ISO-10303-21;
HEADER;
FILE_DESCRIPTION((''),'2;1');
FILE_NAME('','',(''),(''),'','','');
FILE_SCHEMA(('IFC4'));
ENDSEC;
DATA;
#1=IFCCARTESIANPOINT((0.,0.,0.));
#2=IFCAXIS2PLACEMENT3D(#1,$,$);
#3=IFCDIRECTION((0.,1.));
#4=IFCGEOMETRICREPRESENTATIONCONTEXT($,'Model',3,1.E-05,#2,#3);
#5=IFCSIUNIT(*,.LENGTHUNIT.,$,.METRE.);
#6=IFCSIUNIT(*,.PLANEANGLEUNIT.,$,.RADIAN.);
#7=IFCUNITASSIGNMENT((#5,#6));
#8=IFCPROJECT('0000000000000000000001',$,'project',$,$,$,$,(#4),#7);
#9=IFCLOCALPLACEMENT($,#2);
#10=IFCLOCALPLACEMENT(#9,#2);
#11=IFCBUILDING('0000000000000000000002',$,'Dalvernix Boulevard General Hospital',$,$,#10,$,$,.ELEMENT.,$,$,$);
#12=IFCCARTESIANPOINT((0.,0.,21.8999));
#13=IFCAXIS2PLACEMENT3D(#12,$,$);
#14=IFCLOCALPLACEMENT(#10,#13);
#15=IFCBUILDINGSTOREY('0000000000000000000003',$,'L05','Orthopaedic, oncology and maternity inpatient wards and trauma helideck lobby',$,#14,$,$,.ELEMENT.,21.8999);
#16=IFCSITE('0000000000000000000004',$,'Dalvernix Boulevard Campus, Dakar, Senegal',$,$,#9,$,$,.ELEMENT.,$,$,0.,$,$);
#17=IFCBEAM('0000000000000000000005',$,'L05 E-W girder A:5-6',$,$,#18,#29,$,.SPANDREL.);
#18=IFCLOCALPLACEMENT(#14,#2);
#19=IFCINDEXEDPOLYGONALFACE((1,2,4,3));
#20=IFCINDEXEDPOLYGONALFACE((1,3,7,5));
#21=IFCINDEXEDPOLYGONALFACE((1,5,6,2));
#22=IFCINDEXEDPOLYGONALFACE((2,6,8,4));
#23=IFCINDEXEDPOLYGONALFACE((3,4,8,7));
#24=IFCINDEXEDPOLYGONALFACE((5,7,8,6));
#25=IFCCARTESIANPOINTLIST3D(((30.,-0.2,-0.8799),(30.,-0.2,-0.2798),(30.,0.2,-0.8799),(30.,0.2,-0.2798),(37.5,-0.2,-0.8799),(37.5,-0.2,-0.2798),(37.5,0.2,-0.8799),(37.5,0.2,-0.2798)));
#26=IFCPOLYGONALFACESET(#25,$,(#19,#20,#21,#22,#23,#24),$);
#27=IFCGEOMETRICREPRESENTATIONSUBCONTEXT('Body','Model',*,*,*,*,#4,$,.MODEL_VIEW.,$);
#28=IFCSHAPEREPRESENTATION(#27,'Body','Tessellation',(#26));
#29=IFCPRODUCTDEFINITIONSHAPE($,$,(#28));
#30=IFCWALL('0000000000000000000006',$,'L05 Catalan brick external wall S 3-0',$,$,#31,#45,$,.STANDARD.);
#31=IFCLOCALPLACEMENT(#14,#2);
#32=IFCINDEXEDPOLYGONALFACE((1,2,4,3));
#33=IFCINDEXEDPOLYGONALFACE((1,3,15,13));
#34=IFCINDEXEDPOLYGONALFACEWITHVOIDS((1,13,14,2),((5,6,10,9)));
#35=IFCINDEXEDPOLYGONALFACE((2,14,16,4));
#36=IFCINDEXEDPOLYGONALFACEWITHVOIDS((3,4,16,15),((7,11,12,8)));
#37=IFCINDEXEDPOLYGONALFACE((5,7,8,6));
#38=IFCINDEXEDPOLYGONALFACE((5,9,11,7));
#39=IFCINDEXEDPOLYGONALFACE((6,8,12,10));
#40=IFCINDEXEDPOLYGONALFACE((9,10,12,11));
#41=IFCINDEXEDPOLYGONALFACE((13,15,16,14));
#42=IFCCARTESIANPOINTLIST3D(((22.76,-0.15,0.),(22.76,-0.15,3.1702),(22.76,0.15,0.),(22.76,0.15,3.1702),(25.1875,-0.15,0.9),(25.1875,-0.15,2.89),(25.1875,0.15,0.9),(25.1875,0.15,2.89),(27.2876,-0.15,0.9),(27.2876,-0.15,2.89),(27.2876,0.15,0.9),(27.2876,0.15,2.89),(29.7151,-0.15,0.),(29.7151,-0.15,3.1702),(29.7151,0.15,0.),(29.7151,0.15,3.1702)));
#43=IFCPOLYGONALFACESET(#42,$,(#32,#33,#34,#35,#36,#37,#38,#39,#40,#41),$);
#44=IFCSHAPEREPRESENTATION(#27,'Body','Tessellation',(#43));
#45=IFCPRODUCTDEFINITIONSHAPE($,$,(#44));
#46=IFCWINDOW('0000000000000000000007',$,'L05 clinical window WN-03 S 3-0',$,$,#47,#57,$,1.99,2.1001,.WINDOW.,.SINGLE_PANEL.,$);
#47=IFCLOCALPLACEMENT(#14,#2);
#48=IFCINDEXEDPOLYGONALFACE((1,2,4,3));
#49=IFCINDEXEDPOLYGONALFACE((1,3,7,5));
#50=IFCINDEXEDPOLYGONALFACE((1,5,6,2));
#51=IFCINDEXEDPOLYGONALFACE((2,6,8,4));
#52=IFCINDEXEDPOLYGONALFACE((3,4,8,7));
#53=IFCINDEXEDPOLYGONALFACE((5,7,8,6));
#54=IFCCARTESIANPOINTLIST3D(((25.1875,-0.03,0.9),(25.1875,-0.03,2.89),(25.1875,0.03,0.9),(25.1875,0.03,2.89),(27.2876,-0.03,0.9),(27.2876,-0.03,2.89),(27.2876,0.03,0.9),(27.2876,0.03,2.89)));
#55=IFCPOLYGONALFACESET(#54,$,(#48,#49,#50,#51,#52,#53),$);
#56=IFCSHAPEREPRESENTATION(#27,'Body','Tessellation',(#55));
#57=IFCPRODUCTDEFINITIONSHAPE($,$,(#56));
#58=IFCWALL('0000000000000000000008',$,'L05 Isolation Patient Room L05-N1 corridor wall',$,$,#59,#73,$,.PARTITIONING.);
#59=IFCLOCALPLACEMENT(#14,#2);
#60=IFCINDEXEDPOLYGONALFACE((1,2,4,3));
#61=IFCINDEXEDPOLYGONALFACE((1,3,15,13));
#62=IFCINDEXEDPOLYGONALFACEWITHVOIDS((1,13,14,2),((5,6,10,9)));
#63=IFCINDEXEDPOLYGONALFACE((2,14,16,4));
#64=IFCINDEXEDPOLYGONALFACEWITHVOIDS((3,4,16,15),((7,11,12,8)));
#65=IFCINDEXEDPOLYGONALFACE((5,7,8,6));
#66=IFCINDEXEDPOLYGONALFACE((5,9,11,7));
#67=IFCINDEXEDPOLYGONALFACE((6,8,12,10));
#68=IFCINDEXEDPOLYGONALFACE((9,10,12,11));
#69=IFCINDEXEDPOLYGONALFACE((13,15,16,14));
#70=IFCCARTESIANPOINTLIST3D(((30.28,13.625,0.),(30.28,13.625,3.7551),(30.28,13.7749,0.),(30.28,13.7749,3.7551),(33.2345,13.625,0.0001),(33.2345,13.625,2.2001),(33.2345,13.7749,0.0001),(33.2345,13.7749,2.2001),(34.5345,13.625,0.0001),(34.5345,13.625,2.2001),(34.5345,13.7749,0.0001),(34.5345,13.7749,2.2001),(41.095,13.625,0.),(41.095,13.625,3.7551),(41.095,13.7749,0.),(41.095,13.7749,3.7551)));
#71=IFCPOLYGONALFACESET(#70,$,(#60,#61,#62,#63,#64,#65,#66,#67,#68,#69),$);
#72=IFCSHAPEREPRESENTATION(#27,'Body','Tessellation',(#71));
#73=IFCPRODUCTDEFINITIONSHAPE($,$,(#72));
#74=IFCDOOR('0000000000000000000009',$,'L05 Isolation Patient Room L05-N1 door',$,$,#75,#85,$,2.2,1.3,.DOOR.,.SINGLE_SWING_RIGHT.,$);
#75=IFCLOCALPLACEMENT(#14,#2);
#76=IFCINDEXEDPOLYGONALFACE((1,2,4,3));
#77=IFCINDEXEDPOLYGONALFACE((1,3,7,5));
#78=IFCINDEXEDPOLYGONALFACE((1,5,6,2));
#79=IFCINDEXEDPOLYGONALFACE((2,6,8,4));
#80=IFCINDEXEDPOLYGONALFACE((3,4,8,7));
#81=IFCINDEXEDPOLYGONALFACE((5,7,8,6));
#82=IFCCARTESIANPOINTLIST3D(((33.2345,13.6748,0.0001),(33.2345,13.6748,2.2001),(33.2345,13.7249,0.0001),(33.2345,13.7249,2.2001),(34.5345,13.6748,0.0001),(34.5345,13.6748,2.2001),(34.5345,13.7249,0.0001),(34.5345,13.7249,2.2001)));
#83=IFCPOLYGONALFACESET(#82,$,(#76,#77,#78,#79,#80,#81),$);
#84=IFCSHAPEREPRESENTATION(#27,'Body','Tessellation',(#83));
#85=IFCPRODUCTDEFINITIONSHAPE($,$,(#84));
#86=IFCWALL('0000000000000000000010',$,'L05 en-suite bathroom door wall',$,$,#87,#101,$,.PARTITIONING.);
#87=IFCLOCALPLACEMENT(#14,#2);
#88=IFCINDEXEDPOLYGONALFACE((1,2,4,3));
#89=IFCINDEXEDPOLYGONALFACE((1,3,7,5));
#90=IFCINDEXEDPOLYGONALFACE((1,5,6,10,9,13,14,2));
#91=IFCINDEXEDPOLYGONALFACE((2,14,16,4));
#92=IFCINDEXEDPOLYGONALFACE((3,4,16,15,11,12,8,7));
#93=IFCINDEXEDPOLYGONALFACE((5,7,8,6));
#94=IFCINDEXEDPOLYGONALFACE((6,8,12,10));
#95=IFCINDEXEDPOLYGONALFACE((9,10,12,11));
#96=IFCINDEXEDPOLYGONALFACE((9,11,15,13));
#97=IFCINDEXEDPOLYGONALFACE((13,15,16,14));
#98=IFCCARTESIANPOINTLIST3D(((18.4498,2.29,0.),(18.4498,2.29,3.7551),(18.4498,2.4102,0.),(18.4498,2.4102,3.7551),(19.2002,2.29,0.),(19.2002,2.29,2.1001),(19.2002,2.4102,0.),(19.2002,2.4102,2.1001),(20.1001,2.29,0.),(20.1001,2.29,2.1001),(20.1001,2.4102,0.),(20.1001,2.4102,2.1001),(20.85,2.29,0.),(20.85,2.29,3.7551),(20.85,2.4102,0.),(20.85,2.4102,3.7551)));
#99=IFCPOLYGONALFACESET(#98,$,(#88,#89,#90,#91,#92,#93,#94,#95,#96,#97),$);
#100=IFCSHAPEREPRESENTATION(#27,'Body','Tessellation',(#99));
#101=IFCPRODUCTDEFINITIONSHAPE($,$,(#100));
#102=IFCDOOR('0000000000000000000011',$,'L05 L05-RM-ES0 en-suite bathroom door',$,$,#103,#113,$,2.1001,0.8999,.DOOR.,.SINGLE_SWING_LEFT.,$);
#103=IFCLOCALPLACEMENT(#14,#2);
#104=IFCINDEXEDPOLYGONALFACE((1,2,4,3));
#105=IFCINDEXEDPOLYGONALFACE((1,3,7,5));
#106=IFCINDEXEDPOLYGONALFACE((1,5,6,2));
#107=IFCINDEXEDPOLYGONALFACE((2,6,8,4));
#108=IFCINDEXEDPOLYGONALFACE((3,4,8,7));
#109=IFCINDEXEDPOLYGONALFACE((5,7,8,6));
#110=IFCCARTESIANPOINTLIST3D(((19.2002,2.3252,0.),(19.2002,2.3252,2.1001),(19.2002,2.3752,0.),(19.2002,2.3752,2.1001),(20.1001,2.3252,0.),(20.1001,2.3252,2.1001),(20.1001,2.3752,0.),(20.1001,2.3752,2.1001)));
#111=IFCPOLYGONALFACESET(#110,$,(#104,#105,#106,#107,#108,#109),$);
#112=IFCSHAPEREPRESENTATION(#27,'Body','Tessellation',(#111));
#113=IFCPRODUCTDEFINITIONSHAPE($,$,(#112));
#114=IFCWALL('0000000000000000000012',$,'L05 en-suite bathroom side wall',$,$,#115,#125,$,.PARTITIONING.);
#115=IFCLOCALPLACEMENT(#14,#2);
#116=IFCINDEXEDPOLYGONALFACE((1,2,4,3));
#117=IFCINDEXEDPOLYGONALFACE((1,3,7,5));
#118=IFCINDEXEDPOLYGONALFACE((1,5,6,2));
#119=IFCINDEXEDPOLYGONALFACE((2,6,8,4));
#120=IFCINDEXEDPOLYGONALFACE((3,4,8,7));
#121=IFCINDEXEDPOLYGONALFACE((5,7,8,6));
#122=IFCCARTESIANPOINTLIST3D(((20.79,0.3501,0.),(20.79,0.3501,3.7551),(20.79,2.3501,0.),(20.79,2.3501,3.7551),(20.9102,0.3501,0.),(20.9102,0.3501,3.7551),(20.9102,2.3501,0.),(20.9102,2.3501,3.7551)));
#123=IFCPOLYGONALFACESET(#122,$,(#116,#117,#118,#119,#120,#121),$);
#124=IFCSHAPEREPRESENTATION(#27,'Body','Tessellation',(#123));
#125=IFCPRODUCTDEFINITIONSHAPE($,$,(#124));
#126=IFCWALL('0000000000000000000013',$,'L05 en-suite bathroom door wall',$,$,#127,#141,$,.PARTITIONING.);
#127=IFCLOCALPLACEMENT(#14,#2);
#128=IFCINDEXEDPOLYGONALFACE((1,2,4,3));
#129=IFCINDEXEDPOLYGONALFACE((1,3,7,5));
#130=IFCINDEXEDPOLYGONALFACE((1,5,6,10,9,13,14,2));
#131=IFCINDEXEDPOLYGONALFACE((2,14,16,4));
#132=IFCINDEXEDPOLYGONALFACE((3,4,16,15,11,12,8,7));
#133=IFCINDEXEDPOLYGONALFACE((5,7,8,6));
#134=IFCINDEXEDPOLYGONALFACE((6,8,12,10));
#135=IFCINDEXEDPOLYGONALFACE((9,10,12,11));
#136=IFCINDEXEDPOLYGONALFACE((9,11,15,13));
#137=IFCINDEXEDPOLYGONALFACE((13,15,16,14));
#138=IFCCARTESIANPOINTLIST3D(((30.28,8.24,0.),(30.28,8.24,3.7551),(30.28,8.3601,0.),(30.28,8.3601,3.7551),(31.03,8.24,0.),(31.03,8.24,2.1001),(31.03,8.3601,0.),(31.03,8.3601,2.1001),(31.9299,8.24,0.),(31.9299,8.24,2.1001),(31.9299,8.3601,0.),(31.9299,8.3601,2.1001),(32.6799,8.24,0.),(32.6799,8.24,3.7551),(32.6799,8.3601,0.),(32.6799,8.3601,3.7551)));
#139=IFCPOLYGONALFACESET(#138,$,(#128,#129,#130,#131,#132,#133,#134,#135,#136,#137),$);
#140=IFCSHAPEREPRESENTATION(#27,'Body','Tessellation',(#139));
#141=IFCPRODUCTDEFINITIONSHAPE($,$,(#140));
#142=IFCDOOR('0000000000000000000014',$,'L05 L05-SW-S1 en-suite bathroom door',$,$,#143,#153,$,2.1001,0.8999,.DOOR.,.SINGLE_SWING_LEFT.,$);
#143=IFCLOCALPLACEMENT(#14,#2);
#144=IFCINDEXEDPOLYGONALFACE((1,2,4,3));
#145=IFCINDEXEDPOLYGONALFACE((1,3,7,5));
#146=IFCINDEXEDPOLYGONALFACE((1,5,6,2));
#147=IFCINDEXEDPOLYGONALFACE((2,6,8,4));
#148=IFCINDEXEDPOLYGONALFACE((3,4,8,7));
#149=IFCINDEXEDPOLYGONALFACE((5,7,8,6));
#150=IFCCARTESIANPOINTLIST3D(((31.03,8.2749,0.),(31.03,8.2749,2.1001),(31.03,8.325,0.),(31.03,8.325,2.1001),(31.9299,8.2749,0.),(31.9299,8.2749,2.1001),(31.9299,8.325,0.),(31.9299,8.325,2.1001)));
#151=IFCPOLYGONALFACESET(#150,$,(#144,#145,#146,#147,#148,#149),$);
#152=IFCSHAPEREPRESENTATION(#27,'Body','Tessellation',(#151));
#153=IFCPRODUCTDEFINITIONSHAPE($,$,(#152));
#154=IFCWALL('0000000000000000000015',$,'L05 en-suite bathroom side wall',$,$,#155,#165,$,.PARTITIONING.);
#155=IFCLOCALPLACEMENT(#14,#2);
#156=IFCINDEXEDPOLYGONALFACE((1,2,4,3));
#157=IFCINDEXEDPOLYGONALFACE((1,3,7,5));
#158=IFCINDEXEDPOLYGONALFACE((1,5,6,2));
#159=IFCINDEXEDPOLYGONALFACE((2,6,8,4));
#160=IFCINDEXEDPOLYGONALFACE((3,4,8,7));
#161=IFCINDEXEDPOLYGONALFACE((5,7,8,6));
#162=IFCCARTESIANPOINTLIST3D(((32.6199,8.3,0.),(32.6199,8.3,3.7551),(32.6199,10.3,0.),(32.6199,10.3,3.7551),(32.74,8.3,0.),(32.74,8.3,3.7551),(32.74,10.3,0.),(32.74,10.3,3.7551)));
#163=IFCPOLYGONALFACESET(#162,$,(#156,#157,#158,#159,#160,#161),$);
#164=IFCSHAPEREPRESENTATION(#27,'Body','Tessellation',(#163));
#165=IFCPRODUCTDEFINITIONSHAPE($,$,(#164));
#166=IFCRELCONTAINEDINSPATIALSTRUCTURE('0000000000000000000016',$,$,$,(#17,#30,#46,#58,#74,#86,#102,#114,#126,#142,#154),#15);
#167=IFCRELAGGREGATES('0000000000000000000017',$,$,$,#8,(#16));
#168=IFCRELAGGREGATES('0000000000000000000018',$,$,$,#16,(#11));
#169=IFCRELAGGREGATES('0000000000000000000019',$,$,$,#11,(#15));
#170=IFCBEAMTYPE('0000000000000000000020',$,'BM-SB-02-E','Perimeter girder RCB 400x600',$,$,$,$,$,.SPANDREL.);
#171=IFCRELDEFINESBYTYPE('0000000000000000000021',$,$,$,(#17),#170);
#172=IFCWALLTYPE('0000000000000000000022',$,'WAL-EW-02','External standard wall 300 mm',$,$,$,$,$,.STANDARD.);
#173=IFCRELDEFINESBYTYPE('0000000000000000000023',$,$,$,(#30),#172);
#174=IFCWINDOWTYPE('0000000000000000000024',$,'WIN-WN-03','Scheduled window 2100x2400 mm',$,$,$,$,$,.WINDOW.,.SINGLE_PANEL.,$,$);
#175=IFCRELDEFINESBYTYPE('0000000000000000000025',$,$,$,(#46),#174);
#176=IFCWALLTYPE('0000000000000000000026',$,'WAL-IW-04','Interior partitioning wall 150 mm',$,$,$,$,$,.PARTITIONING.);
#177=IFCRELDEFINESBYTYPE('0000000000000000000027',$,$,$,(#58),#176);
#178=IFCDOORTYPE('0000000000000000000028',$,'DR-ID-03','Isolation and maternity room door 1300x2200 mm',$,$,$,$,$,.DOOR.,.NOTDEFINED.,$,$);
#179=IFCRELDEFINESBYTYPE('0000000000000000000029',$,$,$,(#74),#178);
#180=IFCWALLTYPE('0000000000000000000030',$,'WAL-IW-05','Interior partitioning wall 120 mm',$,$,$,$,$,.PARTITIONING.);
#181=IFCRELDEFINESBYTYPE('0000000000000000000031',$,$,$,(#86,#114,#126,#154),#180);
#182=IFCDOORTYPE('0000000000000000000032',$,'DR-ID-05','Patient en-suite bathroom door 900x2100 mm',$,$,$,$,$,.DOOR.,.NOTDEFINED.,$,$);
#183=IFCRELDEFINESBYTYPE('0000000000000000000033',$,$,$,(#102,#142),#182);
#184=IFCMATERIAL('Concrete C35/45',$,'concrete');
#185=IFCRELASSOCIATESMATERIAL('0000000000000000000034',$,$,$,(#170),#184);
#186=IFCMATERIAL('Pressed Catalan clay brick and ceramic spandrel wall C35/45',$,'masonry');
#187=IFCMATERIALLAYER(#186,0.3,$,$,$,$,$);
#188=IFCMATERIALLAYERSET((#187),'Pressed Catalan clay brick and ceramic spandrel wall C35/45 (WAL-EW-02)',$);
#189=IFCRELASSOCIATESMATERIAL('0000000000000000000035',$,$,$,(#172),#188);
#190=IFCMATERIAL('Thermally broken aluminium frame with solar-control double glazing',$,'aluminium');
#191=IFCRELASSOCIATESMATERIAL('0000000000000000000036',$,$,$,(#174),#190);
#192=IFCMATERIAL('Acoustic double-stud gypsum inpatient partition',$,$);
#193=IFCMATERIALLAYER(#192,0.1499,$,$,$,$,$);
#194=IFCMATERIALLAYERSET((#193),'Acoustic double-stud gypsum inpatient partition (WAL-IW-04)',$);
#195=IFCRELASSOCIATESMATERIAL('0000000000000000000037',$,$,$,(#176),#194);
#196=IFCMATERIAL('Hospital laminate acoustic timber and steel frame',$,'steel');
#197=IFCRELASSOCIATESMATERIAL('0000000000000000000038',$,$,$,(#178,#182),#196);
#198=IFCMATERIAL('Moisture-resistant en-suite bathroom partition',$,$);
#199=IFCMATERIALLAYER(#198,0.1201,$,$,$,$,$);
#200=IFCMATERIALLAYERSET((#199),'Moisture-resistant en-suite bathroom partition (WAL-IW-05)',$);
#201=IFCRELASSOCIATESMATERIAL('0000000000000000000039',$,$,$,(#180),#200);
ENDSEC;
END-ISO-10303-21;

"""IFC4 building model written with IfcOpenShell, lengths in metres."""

from ifc_helpers import new_model, si_unit, direction, frame, frame_2d, origin, origin_2d, place, context, subcontext, project, spatial, rectangle, extrude, material, layer, layer_set, material_profile, profile_set, type_object, element, fill, save


model = new_model("IFC4")

# Units and contexts
model_context = context("Model", 3, precision=1e-05, world=origin(), true_north=direction((0.0, 1.0)))
body_context = subcontext(model_context, "Body", "Model", "MODEL_VIEW")
ifc_project = project(units=[si_unit("LENGTHUNIT", "METRE"), si_unit("PLANEANGLEUNIT", "RADIAN")], contexts=[model_context])

# Site, building, storey
site_placement = place(None, origin())
site = spatial("IfcSite", under=ifc_project, at=site_placement, Name="Dalvernix Boulevard Campus, Dakar, Senegal", CompositionType="ELEMENT", RefElevation=0.0)
building_placement = place(site_placement, origin())
building = spatial("IfcBuilding", under=site, at=building_placement, Name="Dalvernix Boulevard General Hospital", CompositionType="ELEMENT")
storey_placement = place(building_placement, frame((0.0, 0.0, 21.8999)))
storey = spatial("IfcBuildingStorey", under=building, at=storey_placement, Name="L05", Description="Orthopaedic, oncology and maternity inpatient wards and trauma helideck lobby", CompositionType="ELEMENT", Elevation=21.8999)

# Beam
ifc_material_1 = material(Name="Concrete C35/45", Category="concrete")
ifc_material_profile_1 = material_profile(ifc_material_1, rectangle(XDim=0.3999, YDim=0.6001, at=origin_2d()), Name="RCB 400x600")
ifc_profile_set_1 = profile_set([ifc_material_profile_1], Name="Concrete C35/45")
beam_type_1 = type_object("IfcBeamType", Name="BM-SB-02-E", Description="Perimeter girder RCB 400x600", PredefinedType="SPANDREL", material=ifc_profile_set_1)
beam_1_placement = place(storey_placement, frame((30.0, 0.0, -0.5798), z_axis=(1.0, 0.0, 0.0), x_axis=(0.0, 1.0, 0.0)))
element("IfcBeam", 1, at=beam_1_placement, inside=storey, type_object=beam_type_1, Name="L05 E-W girder A:5-6", PredefinedType="SPANDREL", context=body_context, shape_type="SweptSolid", body=[
    extrude(rectangle(XDim=0.3999, YDim=0.6001, at=origin_2d()), origin(), (0.0, 0.0, 1.0), 7.5),
])

# Wall, opening, window
ifc_material_2 = material(Name="Pressed Catalan clay brick and ceramic spandrel wall C35/45", Category="masonry")
ifc_layer_1 = layer(ifc_material_2, 0.3)
ifc_layer_set_1 = layer_set([ifc_layer_1], Name="Pressed Catalan clay brick and ceramic spandrel wall C35/45 (WAL-EW-02)")
wall_type_1 = type_object("IfcWallType", Name="WAL-EW-02", Description="External standard wall 300 mm", PredefinedType="STANDARD", material=ifc_layer_set_1)
wall_1_placement = place(storey_placement, frame((29.7151, 0.0, 0.0), z_axis=(0.0, 0.0, 1.0), x_axis=(-1.0, 0.0, 0.0)))
wall_1 = element("IfcWall", 2, at=wall_1_placement, inside=storey, type_object=wall_type_1, Name="L05 Catalan brick external wall S 3-0", PredefinedType="STANDARD", context=body_context, shape_type="SweptSolid", body=[
    extrude(rectangle(XDim=6.9551, YDim=0.3, at=frame_2d((3.4775, 0.0))), origin(), (0.0, 0.0, 1.0), 3.1702),
])
opening_1_placement = place(wall_1_placement, frame((2.4275, 0.0, 0.8999)))
opening_1 = element("IfcOpeningElement", 3, at=opening_1_placement, cuts=wall_1, PredefinedType="OPENING", context=body_context, shape_type="SweptSolid", body=[
    extrude(rectangle(XDim=2.1001, YDim=1.99, at=frame_2d((1.05, 0.9951))), frame((0.0, 0.1599, 0.0), z_axis=(0.0, -1.0, 0.0), x_axis=(1.0, 0.0, 0.0)), (0.0, 0.0, 1.0), 0.3201),
])
ifc_material_3 = material(Name="Thermally broken aluminium frame with solar-control double glazing", Category="aluminium")
window_type = type_object("IfcWindowType", Name="WIN-WN-03", Description="Scheduled window 2100x2400 mm", PartitioningType="SINGLE_PANEL", PredefinedType="WINDOW", material=ifc_material_3)
window_placement = place(opening_1_placement, origin())
window = element("IfcWindow", 4, at=window_placement, inside=storey, type_object=window_type, Name="L05 clinical window WN-03 S 3-0", OverallHeight=1.99, OverallWidth=2.1001, PartitioningType="SINGLE_PANEL", PredefinedType="WINDOW", context=body_context, shape_type="SweptSolid", body=[
    extrude(rectangle(XDim=2.1001, YDim=1.99, at=frame_2d((1.05, 0.9951))), frame((0.0, 0.03, 0.0), z_axis=(0.0, -1.0, 0.0), x_axis=(1.0, 0.0, 0.0)), (0.0, 0.0, 1.0), 0.0601),
])
fill(opening_1, window)

# Walls, openings, doors
ifc_material_4 = material(Name="Acoustic double-stud gypsum inpatient partition")
ifc_layer_2 = layer(ifc_material_4, 0.1499)
ifc_layer_set_2 = layer_set([ifc_layer_2], Name="Acoustic double-stud gypsum inpatient partition (WAL-IW-04)")
wall_type_2 = type_object("IfcWallType", Name="WAL-IW-04", Description="Interior partitioning wall 150 mm", PredefinedType="PARTITIONING", material=ifc_layer_set_2)
wall_2_placement = place(storey_placement, frame((30.28, 13.7, 0.0), z_axis=(0.0, 0.0, 1.0), x_axis=(1.0, 0.0, 0.0)))
wall_2 = element("IfcWall", 5, at=wall_2_placement, inside=storey, type_object=wall_type_2, Name="L05 Isolation Patient Room L05-N1 corridor wall", PredefinedType="PARTITIONING", context=body_context, shape_type="SweptSolid", body=[
    extrude(rectangle(XDim=10.8149, YDim=0.1499, at=frame_2d((5.4075, 0.0))), origin(), (0.0, 0.0, 1.0), 3.7551),
])
opening_2_placement = place(wall_2_placement, frame((2.9546, 0.0, 0.0)))
opening_2 = element("IfcOpeningElement", 6, at=opening_2_placement, cuts=wall_2, PredefinedType="OPENING", context=body_context, shape_type="SweptSolid", body=[
    extrude(rectangle(XDim=1.3, YDim=2.2, at=frame_2d((0.6499, 1.1001))), frame((0.0, 0.085, 0.0), z_axis=(0.0, -1.0, 0.0), x_axis=(1.0, 0.0, 0.0)), (0.0, 0.0, 1.0), 0.1699),
])
ifc_material_5 = material(Name="Hospital laminate acoustic timber and steel frame", Category="steel")
door_type_1 = type_object("IfcDoorType", Name="DR-ID-03", Description="Isolation and maternity room door 1300x2200 mm", OperationType="NOTDEFINED", PredefinedType="DOOR", material=ifc_material_5)
door_1_placement = place(opening_2_placement, origin())
door_1 = element("IfcDoor", 7, at=door_1_placement, inside=storey, type_object=door_type_1, Name="L05 Isolation Patient Room L05-N1 door", OperationType="SINGLE_SWING_RIGHT", OverallHeight=2.2, OverallWidth=1.3, PredefinedType="DOOR", context=body_context, shape_type="SweptSolid", body=[
    extrude(rectangle(XDim=1.3, YDim=2.2, at=frame_2d((0.6499, 1.1001))), frame((0.0, 0.0249, 0.0), z_axis=(0.0, -1.0, 0.0), x_axis=(1.0, 0.0, 0.0)), (0.0, 0.0, 1.0), 0.05),
])
fill(opening_2, door_1)
ifc_material_6 = material(Name="Moisture-resistant en-suite bathroom partition")
ifc_layer_3 = layer(ifc_material_6, 0.1201)
ifc_layer_set_3 = layer_set([ifc_layer_3], Name="Moisture-resistant en-suite bathroom partition (WAL-IW-05)")
wall_type_3 = type_object("IfcWallType", Name="WAL-IW-05", Description="Interior partitioning wall 120 mm", PredefinedType="PARTITIONING", material=ifc_layer_set_3)
wall_3_placement = place(storey_placement, frame((20.8501, 2.3501, 0.0), z_axis=(0.0, 0.0, 1.0), x_axis=(-1.0, 0.0, 0.0)))
wall_3 = element("IfcWall", 8, at=wall_3_placement, inside=storey, type_object=wall_type_3, Name="L05 en-suite bathroom door wall", PredefinedType="PARTITIONING", context=body_context, shape_type="SweptSolid", body=[
    extrude(rectangle(XDim=2.4001, YDim=0.1201, at=frame_2d((1.2002, 0.0))), origin(), (0.0, 0.0, 1.0), 3.7551),
])
opening_3_placement = place(wall_3_placement, frame((0.75, 0.0, 0.0)))
opening_3 = element("IfcOpeningElement", 9, at=opening_3_placement, cuts=wall_3, PredefinedType="OPENING", context=body_context, shape_type="SweptSolid", body=[
    extrude(rectangle(XDim=0.8999, YDim=2.1001, at=frame_2d((0.45, 1.05))), frame((0.0, 0.0701, 0.0), z_axis=(0.0, -1.0, 0.0), x_axis=(1.0, 0.0, 0.0)), (0.0, 0.0, 1.0), 0.1401),
])
door_type_2 = type_object("IfcDoorType", Name="DR-ID-05", Description="Patient en-suite bathroom door 900x2100 mm", OperationType="NOTDEFINED", PredefinedType="DOOR", material=ifc_material_5)
door_2_placement = place(opening_3_placement, origin())
door_2 = element("IfcDoor", 10, at=door_2_placement, inside=storey, type_object=door_type_2, Name="L05 L05-RM-ES0 en-suite bathroom door", OperationType="SINGLE_SWING_LEFT", OverallHeight=2.1001, OverallWidth=0.8999, PredefinedType="DOOR", context=body_context, shape_type="SweptSolid", body=[
    extrude(rectangle(XDim=0.8999, YDim=2.1001, at=frame_2d((0.45, 1.05))), frame((0.0, 0.0249, 0.0), z_axis=(0.0, -1.0, 0.0), x_axis=(1.0, 0.0, 0.0)), (0.0, 0.0, 1.0), 0.05),
])
fill(opening_3, door_2)

# Wall
wall_4_placement = place(storey_placement, frame((20.8501, 0.3501, 0.0), z_axis=(0.0, 0.0, 1.0), x_axis=(0.0, 1.0, 0.0)))
element("IfcWall", 11, at=wall_4_placement, inside=storey, type_object=wall_type_3, Name="L05 en-suite bathroom side wall", PredefinedType="PARTITIONING", context=body_context, shape_type="SweptSolid", body=[
    extrude(rectangle(XDim=2.0, YDim=0.1201, at=frame_2d((1.0, 0.0))), origin(), (0.0, 0.0, 1.0), 3.7551),
])

# Wall, opening, door
wall_5_placement = place(storey_placement, frame((30.28, 8.3, 0.0), z_axis=(0.0, 0.0, 1.0), x_axis=(1.0, 0.0, 0.0)))
wall_5 = element("IfcWall", 12, at=wall_5_placement, inside=storey, type_object=wall_type_3, Name="L05 en-suite bathroom door wall", PredefinedType="PARTITIONING", context=body_context, shape_type="SweptSolid", body=[
    extrude(rectangle(XDim=2.3999, YDim=0.1201, at=frame_2d((1.2, 0.0))), origin(), (0.0, 0.0, 1.0), 3.7551),
])
opening_4_placement = place(wall_5_placement, frame((0.75, 0.0, 0.0)))
opening_4 = element("IfcOpeningElement", 13, at=opening_4_placement, cuts=wall_5, PredefinedType="OPENING", context=body_context, shape_type="SweptSolid", body=[
    extrude(rectangle(XDim=0.8999, YDim=2.1001, at=frame_2d((0.45, 1.05))), frame((0.0, 0.0701, 0.0), z_axis=(0.0, -1.0, 0.0), x_axis=(1.0, 0.0, 0.0)), (0.0, 0.0, 1.0), 0.1401),
])
door_3_placement = place(opening_4_placement, origin())
door_3 = element("IfcDoor", 14, at=door_3_placement, inside=storey, type_object=door_type_2, Name="L05 L05-SW-S1 en-suite bathroom door", OperationType="SINGLE_SWING_LEFT", OverallHeight=2.1001, OverallWidth=0.8999, PredefinedType="DOOR", context=body_context, shape_type="SweptSolid", body=[
    extrude(rectangle(XDim=0.8999, YDim=2.1001, at=frame_2d((0.45, 1.05))), frame((0.0, 0.0249, 0.0), z_axis=(0.0, -1.0, 0.0), x_axis=(1.0, 0.0, 0.0)), (0.0, 0.0, 1.0), 0.05),
])
fill(opening_4, door_3)

# Wall
for number, where, z_axis, x_axis, name in (
    (15, (32.6799, 8.3, 0.0), (0.0, 0.0, 1.0), (0.0, 1.0, 0.0), "L05 en-suite bathroom side wall"),
):
    element("IfcWall", number, at=place(storey_placement, frame(where, z_axis=z_axis, x_axis=x_axis)), inside=storey, type_object=wall_type_3, Name=name, PredefinedType="PARTITIONING", context=body_context, shape_type="SweptSolid", body=[
        extrude(rectangle(XDim=2.0, YDim=0.1201, at=frame_2d((1.0, 0.0))), origin(), (0.0, 0.0, 1.0), 3.7551),
    ])

save(model, "model.ifc")
